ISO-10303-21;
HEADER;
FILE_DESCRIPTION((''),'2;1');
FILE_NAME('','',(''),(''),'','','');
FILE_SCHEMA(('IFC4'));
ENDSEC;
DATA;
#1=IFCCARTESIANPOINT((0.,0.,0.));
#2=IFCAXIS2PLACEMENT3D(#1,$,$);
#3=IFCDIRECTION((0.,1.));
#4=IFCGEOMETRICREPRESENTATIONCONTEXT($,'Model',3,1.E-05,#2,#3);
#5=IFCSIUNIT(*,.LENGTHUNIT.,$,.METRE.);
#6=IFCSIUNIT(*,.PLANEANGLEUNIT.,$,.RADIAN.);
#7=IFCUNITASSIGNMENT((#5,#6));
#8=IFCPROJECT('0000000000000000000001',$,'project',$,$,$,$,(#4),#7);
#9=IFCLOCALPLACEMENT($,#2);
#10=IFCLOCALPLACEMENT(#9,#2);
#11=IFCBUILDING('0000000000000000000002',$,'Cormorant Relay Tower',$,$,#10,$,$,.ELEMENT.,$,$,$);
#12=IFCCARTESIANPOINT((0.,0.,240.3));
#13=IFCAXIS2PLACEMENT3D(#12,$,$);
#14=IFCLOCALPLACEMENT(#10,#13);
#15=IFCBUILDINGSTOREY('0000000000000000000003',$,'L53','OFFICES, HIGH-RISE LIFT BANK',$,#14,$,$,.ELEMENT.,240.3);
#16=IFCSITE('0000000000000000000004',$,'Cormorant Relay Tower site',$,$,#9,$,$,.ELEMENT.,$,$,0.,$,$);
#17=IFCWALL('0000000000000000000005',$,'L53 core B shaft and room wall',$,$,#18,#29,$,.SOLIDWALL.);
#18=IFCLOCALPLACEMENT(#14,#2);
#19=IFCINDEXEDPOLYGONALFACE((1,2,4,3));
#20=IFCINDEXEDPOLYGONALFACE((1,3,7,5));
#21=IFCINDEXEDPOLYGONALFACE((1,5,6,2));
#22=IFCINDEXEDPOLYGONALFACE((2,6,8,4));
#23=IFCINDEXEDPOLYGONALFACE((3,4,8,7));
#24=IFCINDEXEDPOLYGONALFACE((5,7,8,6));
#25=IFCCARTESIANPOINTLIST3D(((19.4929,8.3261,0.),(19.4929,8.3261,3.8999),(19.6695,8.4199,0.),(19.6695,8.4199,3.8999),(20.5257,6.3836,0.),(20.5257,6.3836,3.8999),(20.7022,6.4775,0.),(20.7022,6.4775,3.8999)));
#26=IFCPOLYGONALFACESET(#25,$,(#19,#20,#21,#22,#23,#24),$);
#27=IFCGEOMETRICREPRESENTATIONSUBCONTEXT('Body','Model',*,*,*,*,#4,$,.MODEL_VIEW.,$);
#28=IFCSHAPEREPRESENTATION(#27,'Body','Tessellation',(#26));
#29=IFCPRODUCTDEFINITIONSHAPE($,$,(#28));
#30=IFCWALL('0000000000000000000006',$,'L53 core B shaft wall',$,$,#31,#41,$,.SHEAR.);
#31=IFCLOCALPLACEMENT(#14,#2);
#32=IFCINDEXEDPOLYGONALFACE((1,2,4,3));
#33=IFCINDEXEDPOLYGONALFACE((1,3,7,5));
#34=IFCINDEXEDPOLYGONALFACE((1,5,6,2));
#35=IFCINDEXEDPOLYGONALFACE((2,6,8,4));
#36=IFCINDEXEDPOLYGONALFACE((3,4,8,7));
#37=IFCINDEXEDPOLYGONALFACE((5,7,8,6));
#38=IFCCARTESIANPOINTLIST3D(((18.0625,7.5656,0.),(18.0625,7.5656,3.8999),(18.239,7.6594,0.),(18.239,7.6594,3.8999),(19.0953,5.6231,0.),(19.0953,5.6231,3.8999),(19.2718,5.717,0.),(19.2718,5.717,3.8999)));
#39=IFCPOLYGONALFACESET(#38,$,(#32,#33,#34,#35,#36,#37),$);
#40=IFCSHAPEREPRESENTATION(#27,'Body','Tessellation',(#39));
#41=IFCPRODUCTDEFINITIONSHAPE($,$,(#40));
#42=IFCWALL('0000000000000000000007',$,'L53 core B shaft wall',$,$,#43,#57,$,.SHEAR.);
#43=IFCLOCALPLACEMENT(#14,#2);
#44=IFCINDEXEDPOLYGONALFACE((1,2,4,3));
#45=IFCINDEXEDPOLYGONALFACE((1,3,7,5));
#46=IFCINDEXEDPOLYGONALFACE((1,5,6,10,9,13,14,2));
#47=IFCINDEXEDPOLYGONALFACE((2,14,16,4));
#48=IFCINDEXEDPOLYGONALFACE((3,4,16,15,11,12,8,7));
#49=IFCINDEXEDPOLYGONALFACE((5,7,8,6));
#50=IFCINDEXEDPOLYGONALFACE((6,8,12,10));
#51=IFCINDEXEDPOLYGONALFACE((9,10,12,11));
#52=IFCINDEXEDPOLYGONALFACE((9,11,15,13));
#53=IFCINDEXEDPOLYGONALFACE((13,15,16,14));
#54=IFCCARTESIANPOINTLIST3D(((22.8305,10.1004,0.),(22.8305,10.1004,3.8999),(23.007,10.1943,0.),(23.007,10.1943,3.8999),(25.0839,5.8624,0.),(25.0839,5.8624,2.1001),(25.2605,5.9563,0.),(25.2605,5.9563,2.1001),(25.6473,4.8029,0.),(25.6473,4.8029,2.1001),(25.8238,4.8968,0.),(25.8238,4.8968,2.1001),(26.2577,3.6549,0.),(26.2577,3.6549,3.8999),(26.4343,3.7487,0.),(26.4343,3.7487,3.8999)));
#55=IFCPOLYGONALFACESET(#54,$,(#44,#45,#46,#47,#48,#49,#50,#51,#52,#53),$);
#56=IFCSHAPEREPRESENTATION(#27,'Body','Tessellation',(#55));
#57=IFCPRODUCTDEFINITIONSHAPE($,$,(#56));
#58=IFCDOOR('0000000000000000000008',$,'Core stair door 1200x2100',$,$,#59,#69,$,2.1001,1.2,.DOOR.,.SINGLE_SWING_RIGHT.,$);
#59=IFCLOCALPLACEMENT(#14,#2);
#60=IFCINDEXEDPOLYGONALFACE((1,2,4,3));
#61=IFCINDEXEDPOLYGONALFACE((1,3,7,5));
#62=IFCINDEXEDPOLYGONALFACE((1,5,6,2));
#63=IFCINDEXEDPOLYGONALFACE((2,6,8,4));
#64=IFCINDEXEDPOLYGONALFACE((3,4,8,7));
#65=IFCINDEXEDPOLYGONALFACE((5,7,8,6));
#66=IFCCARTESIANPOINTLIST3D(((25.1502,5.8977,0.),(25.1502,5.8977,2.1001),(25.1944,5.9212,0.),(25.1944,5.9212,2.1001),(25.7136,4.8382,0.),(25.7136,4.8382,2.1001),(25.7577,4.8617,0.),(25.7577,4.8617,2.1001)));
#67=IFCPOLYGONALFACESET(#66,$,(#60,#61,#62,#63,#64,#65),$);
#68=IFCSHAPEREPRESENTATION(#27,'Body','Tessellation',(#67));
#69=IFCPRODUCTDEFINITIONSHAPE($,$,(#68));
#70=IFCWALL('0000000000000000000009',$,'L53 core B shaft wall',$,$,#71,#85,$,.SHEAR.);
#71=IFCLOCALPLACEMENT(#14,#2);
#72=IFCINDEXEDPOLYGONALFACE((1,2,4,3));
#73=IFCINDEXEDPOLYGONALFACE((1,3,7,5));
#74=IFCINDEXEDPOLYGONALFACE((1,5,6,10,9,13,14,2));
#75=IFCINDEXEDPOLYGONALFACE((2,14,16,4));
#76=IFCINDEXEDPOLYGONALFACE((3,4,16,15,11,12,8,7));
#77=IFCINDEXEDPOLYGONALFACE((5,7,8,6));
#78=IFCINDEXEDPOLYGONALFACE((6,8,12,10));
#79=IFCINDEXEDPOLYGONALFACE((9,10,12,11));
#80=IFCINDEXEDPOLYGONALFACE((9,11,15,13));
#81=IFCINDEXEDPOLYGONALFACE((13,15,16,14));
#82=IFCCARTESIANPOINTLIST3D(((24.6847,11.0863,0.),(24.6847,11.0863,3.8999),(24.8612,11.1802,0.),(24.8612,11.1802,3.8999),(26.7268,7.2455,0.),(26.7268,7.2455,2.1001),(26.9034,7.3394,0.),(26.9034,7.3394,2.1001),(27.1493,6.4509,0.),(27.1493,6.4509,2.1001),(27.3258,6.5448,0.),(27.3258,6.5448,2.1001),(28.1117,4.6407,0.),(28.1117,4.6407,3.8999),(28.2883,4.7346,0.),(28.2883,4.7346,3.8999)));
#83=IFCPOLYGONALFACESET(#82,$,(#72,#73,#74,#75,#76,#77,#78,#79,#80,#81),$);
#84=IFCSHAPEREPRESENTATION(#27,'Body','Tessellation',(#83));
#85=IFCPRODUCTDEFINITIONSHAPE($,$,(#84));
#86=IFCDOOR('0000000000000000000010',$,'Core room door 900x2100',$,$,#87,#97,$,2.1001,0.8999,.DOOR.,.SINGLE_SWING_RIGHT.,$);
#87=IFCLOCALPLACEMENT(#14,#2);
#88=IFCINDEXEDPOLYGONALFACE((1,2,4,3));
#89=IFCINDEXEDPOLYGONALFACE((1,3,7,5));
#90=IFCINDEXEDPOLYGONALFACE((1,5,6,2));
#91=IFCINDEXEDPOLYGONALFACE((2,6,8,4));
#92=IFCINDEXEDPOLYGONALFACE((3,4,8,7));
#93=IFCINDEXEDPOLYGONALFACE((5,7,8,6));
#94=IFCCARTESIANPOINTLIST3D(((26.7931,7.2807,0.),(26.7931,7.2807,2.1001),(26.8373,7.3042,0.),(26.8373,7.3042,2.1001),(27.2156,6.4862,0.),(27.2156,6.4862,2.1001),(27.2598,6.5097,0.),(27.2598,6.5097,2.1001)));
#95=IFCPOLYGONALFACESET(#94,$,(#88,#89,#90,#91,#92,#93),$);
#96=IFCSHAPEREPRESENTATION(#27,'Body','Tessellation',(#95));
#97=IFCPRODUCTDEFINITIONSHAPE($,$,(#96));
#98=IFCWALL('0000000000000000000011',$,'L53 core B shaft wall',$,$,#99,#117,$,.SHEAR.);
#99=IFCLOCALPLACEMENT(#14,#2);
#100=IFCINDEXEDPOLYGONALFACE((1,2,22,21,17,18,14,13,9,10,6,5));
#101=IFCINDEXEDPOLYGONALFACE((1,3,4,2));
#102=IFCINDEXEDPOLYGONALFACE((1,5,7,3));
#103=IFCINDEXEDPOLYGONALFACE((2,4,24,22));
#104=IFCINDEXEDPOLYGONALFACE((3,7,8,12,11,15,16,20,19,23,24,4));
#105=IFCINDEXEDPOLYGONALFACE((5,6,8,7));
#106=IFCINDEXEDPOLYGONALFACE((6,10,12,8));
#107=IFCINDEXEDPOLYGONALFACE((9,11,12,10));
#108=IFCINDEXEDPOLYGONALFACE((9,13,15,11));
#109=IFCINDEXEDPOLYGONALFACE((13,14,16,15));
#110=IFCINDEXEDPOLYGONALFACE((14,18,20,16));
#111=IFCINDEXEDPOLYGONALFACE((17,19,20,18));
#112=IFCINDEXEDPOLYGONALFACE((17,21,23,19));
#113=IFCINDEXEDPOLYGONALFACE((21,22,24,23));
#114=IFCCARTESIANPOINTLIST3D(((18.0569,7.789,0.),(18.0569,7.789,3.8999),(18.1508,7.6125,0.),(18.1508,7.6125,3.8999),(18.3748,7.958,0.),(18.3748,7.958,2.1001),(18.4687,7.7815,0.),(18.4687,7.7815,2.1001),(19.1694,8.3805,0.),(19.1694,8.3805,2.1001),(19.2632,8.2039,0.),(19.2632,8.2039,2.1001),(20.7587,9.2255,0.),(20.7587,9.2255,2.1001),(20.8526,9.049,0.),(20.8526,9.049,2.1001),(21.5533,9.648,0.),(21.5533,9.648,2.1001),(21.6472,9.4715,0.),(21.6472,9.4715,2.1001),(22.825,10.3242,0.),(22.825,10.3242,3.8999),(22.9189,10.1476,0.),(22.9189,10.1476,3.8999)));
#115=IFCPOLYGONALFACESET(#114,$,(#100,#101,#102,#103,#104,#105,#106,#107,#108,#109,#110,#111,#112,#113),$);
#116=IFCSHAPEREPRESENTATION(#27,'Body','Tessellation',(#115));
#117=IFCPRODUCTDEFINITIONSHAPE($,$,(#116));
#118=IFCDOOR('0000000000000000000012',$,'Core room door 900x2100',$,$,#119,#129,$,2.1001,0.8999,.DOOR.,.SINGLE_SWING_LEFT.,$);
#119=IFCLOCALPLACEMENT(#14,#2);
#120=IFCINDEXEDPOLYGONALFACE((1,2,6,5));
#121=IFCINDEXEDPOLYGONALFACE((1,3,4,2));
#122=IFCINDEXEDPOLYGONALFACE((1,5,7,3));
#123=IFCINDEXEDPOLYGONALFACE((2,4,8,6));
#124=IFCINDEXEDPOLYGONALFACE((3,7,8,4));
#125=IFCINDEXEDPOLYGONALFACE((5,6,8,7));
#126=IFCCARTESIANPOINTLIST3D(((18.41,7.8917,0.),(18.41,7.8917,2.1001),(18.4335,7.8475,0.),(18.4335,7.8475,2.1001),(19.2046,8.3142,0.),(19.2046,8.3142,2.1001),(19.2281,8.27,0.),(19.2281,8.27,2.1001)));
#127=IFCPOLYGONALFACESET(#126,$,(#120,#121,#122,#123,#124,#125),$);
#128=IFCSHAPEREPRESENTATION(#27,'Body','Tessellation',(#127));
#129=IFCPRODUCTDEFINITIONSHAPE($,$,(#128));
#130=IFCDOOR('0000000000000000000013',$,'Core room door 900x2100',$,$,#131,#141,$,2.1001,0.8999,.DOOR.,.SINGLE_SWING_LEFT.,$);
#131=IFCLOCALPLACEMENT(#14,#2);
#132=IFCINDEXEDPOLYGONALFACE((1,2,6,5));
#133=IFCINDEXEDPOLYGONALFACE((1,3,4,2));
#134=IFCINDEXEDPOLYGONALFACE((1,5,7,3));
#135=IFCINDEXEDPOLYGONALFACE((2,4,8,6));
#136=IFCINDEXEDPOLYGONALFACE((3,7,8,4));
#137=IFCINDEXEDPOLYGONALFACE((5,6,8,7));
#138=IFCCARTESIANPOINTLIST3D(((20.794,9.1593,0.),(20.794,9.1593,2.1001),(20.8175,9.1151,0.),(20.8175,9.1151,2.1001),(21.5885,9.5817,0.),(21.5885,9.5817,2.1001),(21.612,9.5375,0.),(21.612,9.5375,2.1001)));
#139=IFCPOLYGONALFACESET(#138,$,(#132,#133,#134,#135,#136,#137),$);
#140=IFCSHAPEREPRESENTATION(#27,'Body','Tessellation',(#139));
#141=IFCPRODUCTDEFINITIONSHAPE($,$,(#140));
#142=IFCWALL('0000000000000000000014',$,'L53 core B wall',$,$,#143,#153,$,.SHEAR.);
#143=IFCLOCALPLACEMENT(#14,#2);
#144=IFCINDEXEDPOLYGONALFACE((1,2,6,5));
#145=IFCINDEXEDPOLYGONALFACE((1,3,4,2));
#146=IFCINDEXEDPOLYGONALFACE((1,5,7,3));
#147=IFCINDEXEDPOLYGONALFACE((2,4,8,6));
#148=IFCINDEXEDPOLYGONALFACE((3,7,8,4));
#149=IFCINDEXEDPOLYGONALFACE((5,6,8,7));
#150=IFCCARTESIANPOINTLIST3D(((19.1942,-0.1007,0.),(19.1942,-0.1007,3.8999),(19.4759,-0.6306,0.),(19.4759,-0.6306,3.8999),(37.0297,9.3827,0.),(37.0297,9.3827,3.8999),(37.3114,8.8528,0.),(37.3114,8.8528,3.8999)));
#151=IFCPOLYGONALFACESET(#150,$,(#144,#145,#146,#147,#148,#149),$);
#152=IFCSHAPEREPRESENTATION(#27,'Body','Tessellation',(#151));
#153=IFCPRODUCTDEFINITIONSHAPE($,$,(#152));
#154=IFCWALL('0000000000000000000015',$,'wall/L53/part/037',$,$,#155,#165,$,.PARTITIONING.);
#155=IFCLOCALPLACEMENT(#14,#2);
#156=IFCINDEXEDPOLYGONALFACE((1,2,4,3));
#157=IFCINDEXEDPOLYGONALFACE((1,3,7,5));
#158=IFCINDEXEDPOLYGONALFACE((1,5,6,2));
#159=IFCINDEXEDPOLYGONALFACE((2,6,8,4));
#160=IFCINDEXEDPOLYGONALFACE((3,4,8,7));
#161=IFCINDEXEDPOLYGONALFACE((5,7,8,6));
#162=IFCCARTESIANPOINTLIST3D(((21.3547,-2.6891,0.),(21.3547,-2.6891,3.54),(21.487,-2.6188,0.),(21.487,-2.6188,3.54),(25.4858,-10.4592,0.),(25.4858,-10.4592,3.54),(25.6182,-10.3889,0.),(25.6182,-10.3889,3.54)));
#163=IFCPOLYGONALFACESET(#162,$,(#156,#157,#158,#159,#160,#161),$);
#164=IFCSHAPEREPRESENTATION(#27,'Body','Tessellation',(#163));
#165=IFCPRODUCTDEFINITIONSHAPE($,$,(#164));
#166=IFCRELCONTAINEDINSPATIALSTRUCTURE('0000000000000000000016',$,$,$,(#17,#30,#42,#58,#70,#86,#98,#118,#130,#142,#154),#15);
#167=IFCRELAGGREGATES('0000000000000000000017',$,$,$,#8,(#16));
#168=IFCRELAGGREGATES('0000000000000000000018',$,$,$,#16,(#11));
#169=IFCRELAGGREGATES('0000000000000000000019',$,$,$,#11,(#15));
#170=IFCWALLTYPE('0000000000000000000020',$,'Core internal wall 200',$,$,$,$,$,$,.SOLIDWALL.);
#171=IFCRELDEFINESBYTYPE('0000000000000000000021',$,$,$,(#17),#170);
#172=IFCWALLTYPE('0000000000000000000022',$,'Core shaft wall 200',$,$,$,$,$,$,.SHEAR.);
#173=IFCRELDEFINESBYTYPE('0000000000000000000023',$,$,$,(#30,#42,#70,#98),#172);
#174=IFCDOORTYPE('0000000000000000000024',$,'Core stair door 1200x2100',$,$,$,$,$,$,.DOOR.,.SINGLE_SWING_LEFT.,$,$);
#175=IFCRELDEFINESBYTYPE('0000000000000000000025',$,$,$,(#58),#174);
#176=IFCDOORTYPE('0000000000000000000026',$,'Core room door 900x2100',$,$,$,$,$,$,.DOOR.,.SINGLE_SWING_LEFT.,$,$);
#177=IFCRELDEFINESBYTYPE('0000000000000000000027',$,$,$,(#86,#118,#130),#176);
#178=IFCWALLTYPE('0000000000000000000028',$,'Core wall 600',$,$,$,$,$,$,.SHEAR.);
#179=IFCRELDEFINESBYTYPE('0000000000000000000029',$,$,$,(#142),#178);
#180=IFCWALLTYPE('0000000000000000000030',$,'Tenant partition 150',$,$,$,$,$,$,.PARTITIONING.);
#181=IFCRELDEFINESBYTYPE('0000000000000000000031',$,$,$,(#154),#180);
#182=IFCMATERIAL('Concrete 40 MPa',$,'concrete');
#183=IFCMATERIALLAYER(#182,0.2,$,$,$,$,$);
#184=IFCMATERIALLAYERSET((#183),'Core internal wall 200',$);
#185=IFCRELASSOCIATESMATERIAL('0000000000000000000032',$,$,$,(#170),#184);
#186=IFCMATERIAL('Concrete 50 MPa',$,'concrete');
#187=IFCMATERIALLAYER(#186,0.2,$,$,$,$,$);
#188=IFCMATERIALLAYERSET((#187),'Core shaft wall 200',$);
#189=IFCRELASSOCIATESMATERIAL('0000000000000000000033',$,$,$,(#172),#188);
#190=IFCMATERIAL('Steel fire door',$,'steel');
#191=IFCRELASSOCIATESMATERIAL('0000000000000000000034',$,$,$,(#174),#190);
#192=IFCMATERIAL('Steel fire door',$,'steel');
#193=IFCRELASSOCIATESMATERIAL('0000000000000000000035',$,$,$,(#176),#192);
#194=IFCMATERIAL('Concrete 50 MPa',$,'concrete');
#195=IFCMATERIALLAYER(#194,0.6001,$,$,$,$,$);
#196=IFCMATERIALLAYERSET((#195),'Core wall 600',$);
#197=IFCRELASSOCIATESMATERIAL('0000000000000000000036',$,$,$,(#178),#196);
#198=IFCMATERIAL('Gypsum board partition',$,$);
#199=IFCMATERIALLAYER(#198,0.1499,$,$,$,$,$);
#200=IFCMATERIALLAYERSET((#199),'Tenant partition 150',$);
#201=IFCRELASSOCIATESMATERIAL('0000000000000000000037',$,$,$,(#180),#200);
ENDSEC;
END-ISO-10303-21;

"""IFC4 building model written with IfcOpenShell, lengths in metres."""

from ifc_helpers import new_model, si_unit, direction, frame, frame_2d, origin, place, context, subcontext, project, spatial, rectangle, extrude, material, layer, layer_set, type_object, element, fill, save


model = new_model("IFC4")

# Units and contexts
model_context = context("Model", 3, precision=1e-05, world=origin(), true_north=direction((0.0, 1.0)))
body_context = subcontext(model_context, "Body", "Model", "MODEL_VIEW")
ifc_project = project(units=[si_unit("LENGTHUNIT", "METRE"), si_unit("PLANEANGLEUNIT", "RADIAN")], contexts=[model_context])

# Site, building, storey
site_placement = place(None, origin())
site = spatial("IfcSite", under=ifc_project, at=site_placement, Name="Cormorant Relay Tower site", CompositionType="ELEMENT", RefElevation=0.0)
building_placement = place(site_placement, origin())
building = spatial("IfcBuilding", under=site, at=building_placement, Name="Cormorant Relay Tower", CompositionType="ELEMENT")
storey_placement = place(building_placement, frame((0.0, 0.0, 240.3)))
storey = spatial("IfcBuildingStorey", under=building, at=storey_placement, Name="L53", Description="OFFICES, HIGH-RISE LIFT BANK", CompositionType="ELEMENT", Elevation=240.3)

# Walls
ifc_material_1 = material(Name="Concrete 40 MPa", Category="concrete")
ifc_layer_1 = layer(ifc_material_1, 0.2)
ifc_layer_set_1 = layer_set([ifc_layer_1], Name="Core internal wall 200")
wall_type_1 = type_object("IfcWallType", Name="Core internal wall 200", PredefinedType="SOLIDWALL", material=ifc_layer_set_1)
wall_1_placement = place(storey_placement, frame((20.614, 6.4304, 0.0), z_axis=(0.0, 0.0, 1.0), x_axis=(-0.469447, 0.88296, 0.0)))
element("IfcWall", 1, at=wall_1_placement, inside=storey, type_object=wall_type_1, Name="L53 core B shaft and room wall", PredefinedType="SOLIDWALL", context=body_context, shape_type="SweptSolid", body=[
    extrude(rectangle(XDim=2.2, YDim=0.2, at=frame_2d((1.1001, 0.0))), origin(), (0.0, 0.0, 1.0), 3.8999),
])
ifc_material_2 = material(Name="Concrete 50 MPa", Category="concrete")
ifc_layer_2 = layer(ifc_material_2, 0.2)
ifc_layer_set_2 = layer_set([ifc_layer_2], Name="Core shaft wall 200")
wall_type_2 = type_object("IfcWallType", Name="Core shaft wall 200", PredefinedType="SHEAR", material=ifc_layer_set_2)
wall_2_placement = place(storey_placement, frame((19.1836, 5.6699, 0.0), z_axis=(0.0, 0.0, 1.0), x_axis=(-0.469447, 0.88296, 0.0)))
element("IfcWall", 2, at=wall_2_placement, inside=storey, type_object=wall_type_2, Name="L53 core B shaft wall", PredefinedType="SHEAR", context=body_context, shape_type="SweptSolid", body=[
    extrude(rectangle(XDim=2.2, YDim=0.2, at=frame_2d((1.1001, 0.0))), origin(), (0.0, 0.0, 1.0), 3.8999),
])

# Walls, openings, doors
wall_3_placement = place(storey_placement, frame((26.3459, 3.7019, 0.0), z_axis=(0.0, 0.0, 1.0), x_axis=(-0.46948, 0.882943, 0.0)))
wall_3 = element("IfcWall", 3, at=wall_3_placement, inside=storey, type_object=wall_type_2, Name="L53 core B shaft wall", PredefinedType="SHEAR", context=body_context, shape_type="SweptSolid", body=[
    extrude(rectangle(XDim=7.3, YDim=0.2, at=frame_2d((3.6499, 0.0))), origin(), (0.0, 0.0, 1.0), 3.8999),
])
opening_1_placement = place(wall_3_placement, frame((1.3, 0.0, 0.0)))
opening_1 = element("IfcOpeningElement", 4, at=opening_1_placement, cuts=wall_3, PredefinedType="OPENING", context=body_context, shape_type="SweptSolid", body=[
    extrude(rectangle(XDim=1.2, YDim=2.1001, at=frame_2d((0.6001, 1.05))), frame((0.0, 0.1099, 0.0), z_axis=(0.0, -1.0, 0.0), x_axis=(1.0, 0.0, 0.0)), (0.0, 0.0, 1.0), 0.22),
])
ifc_material_3 = material(Name="Steel fire door", Category="steel")
door_type_1 = type_object("IfcDoorType", Name="Core stair door 1200x2100", OperationType="SINGLE_SWING_LEFT", PredefinedType="DOOR", material=ifc_material_3)
door_1_placement = place(opening_1_placement, origin())
door_1 = element("IfcDoor", 5, at=door_1_placement, inside=storey, type_object=door_type_1, Name="Core stair door 1200x2100", OperationType="SINGLE_SWING_RIGHT", OverallHeight=2.1001, OverallWidth=1.2, PredefinedType="DOOR", context=body_context, shape_type="SweptSolid", body=[
    extrude(rectangle(XDim=1.2, YDim=2.1001, at=frame_2d((0.6001, 1.05))), frame((0.0, 0.0249, 0.0), z_axis=(0.0, -1.0, 0.0), x_axis=(1.0, 0.0, 0.0)), (0.0, 0.0, 1.0), 0.05),
])
fill(opening_1, door_1)
wall_4_placement = place(storey_placement, frame((28.2, 4.6877, 0.0), z_axis=(0.0, 0.0, 1.0), x_axis=(-0.469454, 0.882957, 0.0)))
wall_4 = element("IfcWall", 6, at=wall_4_placement, inside=storey, type_object=wall_type_2, Name="L53 core B shaft wall", PredefinedType="SHEAR", context=body_context, shape_type="SweptSolid", body=[
    extrude(rectangle(XDim=7.3, YDim=0.2, at=frame_2d((3.6499, 0.0))), origin(), (0.0, 0.0, 1.0), 3.8999),
])
opening_2_placement = place(wall_4_placement, frame((2.05, 0.0, 0.0)))
opening_2 = element("IfcOpeningElement", 7, at=opening_2_placement, cuts=wall_4, PredefinedType="OPENING", context=body_context, shape_type="SweptSolid", body=[
    extrude(rectangle(XDim=0.8999, YDim=2.1001, at=frame_2d((0.45, 1.05))), frame((0.0, 0.1099, 0.0), z_axis=(0.0, -1.0, 0.0), x_axis=(1.0, 0.0, 0.0)), (0.0, 0.0, 1.0), 0.22),
])
ifc_material_4 = material(Name="Steel fire door", Category="steel")
door_type_2 = type_object("IfcDoorType", Name="Core room door 900x2100", OperationType="SINGLE_SWING_LEFT", PredefinedType="DOOR", material=ifc_material_4)
door_2_placement = place(opening_2_placement, origin())
door_2 = element("IfcDoor", 8, at=door_2_placement, inside=storey, type_object=door_type_2, Name="Core room door 900x2100", OperationType="SINGLE_SWING_RIGHT", OverallHeight=2.1001, OverallWidth=0.8999, PredefinedType="DOOR", context=body_context, shape_type="SweptSolid", body=[
    extrude(rectangle(XDim=0.8999, YDim=2.1001, at=frame_2d((0.45, 1.05))), frame((0.0, 0.0249, 0.0), z_axis=(0.0, -1.0, 0.0), x_axis=(1.0, 0.0, 0.0)), (0.0, 0.0, 1.0), 0.05),
])
fill(opening_2, door_2)

# Wall, openings, doors
wall_5_placement = place(storey_placement, frame((18.1038, 7.7007, 0.0), z_axis=(0.0, 0.0, 1.0), x_axis=(0.882953, 0.469462, 0.0)))
wall_5 = element("IfcWall", 9, at=wall_5_placement, inside=storey, type_object=wall_type_2, Name="L53 core B shaft wall", PredefinedType="SHEAR", context=body_context, shape_type="SweptSolid", body=[
    extrude(rectangle(XDim=5.4001, YDim=0.2, at=frame_2d((2.7002, 0.0))), origin(), (0.0, 0.0, 1.0), 3.8999),
])
opening_3_placement = place(wall_5_placement, frame((0.3601, 0.0, 0.0)))
opening_3 = element("IfcOpeningElement", 10, at=opening_3_placement, cuts=wall_5, PredefinedType="OPENING", context=body_context, shape_type="SweptSolid", body=[
    extrude(rectangle(XDim=0.8999, YDim=2.1001, at=frame_2d((0.45, 1.05))), frame((0.0, 0.1099, 0.0), z_axis=(0.0, -1.0, 0.0), x_axis=(1.0, 0.0, 0.0)), (0.0, 0.0, 1.0), 0.22),
])
opening_4_placement = place(wall_5_placement, frame((3.0601, 0.0, 0.0)))
opening_4 = element("IfcOpeningElement", 11, at=opening_4_placement, cuts=wall_5, PredefinedType="OPENING", context=body_context, shape_type="SweptSolid", body=[
    extrude(rectangle(XDim=0.8999, YDim=2.1001, at=frame_2d((0.45, 1.05))), frame((0.0, 0.1099, 0.0), z_axis=(0.0, -1.0, 0.0), x_axis=(1.0, 0.0, 0.0)), (0.0, 0.0, 1.0), 0.22),
])
door_3_placement = place(opening_3_placement, origin())
door_3 = element("IfcDoor", 12, at=door_3_placement, inside=storey, type_object=door_type_2, Name="Core room door 900x2100", OperationType="SINGLE_SWING_LEFT", OverallHeight=2.1001, OverallWidth=0.8999, PredefinedType="DOOR", context=body_context, shape_type="SweptSolid", body=[
    extrude(rectangle(XDim=0.8999, YDim=2.1001, at=frame_2d((0.45, 1.05))), frame((0.0, 0.0249, 0.0), z_axis=(0.0, -1.0, 0.0), x_axis=(1.0, 0.0, 0.0)), (0.0, 0.0, 1.0), 0.05),
])
fill(opening_3, door_3)
door_4_placement = place(opening_4_placement, origin())
door_4 = element("IfcDoor", 13, at=door_4_placement, inside=storey, type_object=door_type_2, Name="Core room door 900x2100", OperationType="SINGLE_SWING_LEFT", OverallHeight=2.1001, OverallWidth=0.8999, PredefinedType="DOOR", context=body_context, shape_type="SweptSolid", body=[
    extrude(rectangle(XDim=0.8999, YDim=2.1001, at=frame_2d((0.45, 1.05))), frame((0.0, 0.0249, 0.0), z_axis=(0.0, -1.0, 0.0), x_axis=(1.0, 0.0, 0.0)), (0.0, 0.0, 1.0), 0.05),
])
fill(opening_4, door_4)

# Shared definitions
ifc_material_5 = material(Name="Concrete 50 MPa", Category="concrete")
ifc_layer_3 = layer(ifc_material_5, 0.6001)
ifc_layer_set_3 = layer_set([ifc_layer_3], Name="Core wall 600")
wall_type_3 = type_object("IfcWallType", Name="Core wall 600", PredefinedType="SHEAR", material=ifc_layer_set_3)

# Walls
wall_6_placement = place(storey_placement, frame((19.335, -0.3657, 0.0), z_axis=(0.0, 0.0, 1.0), x_axis=(0.882945, 0.469476, 0.0)))
element("IfcWall", 14, at=wall_6_placement, inside=storey, type_object=wall_type_3, Name="L53 core B wall", PredefinedType="SHEAR", context=body_context, shape_type="SweptSolid", body=[
    extrude(rectangle(XDim=20.2, YDim=0.6001, at=frame_2d((10.1001, 0.0))), origin(), (0.0, 0.0, 1.0), 3.8999),
])
ifc_material_6 = material(Name="Gypsum board partition")
ifc_layer_4 = layer(ifc_material_6, 0.1499)
ifc_layer_set_4 = layer_set([ifc_layer_4], Name="Tenant partition 150")
wall_type_4 = type_object("IfcWallType", Name="Tenant partition 150", PredefinedType="PARTITIONING", material=ifc_layer_set_4)
wall_7_placement = place(storey_placement, frame((21.4209, -2.6541, 0.0), z_axis=(0.0, 0.0, 1.0), x_axis=(0.469446, -0.882961, 0.0)))
element("IfcWall", 15, at=wall_7_placement, inside=storey, type_object=wall_type_4, Name="wall/L53/part/037", PredefinedType="PARTITIONING", context=body_context, shape_type="SweptSolid", body=[
    extrude(rectangle(XDim=8.8, YDim=0.1499, at=frame_2d((4.3999, 0.0))), origin(), (0.0, 0.0, 1.0), 3.54),
])

save(model, "model.ifc")
